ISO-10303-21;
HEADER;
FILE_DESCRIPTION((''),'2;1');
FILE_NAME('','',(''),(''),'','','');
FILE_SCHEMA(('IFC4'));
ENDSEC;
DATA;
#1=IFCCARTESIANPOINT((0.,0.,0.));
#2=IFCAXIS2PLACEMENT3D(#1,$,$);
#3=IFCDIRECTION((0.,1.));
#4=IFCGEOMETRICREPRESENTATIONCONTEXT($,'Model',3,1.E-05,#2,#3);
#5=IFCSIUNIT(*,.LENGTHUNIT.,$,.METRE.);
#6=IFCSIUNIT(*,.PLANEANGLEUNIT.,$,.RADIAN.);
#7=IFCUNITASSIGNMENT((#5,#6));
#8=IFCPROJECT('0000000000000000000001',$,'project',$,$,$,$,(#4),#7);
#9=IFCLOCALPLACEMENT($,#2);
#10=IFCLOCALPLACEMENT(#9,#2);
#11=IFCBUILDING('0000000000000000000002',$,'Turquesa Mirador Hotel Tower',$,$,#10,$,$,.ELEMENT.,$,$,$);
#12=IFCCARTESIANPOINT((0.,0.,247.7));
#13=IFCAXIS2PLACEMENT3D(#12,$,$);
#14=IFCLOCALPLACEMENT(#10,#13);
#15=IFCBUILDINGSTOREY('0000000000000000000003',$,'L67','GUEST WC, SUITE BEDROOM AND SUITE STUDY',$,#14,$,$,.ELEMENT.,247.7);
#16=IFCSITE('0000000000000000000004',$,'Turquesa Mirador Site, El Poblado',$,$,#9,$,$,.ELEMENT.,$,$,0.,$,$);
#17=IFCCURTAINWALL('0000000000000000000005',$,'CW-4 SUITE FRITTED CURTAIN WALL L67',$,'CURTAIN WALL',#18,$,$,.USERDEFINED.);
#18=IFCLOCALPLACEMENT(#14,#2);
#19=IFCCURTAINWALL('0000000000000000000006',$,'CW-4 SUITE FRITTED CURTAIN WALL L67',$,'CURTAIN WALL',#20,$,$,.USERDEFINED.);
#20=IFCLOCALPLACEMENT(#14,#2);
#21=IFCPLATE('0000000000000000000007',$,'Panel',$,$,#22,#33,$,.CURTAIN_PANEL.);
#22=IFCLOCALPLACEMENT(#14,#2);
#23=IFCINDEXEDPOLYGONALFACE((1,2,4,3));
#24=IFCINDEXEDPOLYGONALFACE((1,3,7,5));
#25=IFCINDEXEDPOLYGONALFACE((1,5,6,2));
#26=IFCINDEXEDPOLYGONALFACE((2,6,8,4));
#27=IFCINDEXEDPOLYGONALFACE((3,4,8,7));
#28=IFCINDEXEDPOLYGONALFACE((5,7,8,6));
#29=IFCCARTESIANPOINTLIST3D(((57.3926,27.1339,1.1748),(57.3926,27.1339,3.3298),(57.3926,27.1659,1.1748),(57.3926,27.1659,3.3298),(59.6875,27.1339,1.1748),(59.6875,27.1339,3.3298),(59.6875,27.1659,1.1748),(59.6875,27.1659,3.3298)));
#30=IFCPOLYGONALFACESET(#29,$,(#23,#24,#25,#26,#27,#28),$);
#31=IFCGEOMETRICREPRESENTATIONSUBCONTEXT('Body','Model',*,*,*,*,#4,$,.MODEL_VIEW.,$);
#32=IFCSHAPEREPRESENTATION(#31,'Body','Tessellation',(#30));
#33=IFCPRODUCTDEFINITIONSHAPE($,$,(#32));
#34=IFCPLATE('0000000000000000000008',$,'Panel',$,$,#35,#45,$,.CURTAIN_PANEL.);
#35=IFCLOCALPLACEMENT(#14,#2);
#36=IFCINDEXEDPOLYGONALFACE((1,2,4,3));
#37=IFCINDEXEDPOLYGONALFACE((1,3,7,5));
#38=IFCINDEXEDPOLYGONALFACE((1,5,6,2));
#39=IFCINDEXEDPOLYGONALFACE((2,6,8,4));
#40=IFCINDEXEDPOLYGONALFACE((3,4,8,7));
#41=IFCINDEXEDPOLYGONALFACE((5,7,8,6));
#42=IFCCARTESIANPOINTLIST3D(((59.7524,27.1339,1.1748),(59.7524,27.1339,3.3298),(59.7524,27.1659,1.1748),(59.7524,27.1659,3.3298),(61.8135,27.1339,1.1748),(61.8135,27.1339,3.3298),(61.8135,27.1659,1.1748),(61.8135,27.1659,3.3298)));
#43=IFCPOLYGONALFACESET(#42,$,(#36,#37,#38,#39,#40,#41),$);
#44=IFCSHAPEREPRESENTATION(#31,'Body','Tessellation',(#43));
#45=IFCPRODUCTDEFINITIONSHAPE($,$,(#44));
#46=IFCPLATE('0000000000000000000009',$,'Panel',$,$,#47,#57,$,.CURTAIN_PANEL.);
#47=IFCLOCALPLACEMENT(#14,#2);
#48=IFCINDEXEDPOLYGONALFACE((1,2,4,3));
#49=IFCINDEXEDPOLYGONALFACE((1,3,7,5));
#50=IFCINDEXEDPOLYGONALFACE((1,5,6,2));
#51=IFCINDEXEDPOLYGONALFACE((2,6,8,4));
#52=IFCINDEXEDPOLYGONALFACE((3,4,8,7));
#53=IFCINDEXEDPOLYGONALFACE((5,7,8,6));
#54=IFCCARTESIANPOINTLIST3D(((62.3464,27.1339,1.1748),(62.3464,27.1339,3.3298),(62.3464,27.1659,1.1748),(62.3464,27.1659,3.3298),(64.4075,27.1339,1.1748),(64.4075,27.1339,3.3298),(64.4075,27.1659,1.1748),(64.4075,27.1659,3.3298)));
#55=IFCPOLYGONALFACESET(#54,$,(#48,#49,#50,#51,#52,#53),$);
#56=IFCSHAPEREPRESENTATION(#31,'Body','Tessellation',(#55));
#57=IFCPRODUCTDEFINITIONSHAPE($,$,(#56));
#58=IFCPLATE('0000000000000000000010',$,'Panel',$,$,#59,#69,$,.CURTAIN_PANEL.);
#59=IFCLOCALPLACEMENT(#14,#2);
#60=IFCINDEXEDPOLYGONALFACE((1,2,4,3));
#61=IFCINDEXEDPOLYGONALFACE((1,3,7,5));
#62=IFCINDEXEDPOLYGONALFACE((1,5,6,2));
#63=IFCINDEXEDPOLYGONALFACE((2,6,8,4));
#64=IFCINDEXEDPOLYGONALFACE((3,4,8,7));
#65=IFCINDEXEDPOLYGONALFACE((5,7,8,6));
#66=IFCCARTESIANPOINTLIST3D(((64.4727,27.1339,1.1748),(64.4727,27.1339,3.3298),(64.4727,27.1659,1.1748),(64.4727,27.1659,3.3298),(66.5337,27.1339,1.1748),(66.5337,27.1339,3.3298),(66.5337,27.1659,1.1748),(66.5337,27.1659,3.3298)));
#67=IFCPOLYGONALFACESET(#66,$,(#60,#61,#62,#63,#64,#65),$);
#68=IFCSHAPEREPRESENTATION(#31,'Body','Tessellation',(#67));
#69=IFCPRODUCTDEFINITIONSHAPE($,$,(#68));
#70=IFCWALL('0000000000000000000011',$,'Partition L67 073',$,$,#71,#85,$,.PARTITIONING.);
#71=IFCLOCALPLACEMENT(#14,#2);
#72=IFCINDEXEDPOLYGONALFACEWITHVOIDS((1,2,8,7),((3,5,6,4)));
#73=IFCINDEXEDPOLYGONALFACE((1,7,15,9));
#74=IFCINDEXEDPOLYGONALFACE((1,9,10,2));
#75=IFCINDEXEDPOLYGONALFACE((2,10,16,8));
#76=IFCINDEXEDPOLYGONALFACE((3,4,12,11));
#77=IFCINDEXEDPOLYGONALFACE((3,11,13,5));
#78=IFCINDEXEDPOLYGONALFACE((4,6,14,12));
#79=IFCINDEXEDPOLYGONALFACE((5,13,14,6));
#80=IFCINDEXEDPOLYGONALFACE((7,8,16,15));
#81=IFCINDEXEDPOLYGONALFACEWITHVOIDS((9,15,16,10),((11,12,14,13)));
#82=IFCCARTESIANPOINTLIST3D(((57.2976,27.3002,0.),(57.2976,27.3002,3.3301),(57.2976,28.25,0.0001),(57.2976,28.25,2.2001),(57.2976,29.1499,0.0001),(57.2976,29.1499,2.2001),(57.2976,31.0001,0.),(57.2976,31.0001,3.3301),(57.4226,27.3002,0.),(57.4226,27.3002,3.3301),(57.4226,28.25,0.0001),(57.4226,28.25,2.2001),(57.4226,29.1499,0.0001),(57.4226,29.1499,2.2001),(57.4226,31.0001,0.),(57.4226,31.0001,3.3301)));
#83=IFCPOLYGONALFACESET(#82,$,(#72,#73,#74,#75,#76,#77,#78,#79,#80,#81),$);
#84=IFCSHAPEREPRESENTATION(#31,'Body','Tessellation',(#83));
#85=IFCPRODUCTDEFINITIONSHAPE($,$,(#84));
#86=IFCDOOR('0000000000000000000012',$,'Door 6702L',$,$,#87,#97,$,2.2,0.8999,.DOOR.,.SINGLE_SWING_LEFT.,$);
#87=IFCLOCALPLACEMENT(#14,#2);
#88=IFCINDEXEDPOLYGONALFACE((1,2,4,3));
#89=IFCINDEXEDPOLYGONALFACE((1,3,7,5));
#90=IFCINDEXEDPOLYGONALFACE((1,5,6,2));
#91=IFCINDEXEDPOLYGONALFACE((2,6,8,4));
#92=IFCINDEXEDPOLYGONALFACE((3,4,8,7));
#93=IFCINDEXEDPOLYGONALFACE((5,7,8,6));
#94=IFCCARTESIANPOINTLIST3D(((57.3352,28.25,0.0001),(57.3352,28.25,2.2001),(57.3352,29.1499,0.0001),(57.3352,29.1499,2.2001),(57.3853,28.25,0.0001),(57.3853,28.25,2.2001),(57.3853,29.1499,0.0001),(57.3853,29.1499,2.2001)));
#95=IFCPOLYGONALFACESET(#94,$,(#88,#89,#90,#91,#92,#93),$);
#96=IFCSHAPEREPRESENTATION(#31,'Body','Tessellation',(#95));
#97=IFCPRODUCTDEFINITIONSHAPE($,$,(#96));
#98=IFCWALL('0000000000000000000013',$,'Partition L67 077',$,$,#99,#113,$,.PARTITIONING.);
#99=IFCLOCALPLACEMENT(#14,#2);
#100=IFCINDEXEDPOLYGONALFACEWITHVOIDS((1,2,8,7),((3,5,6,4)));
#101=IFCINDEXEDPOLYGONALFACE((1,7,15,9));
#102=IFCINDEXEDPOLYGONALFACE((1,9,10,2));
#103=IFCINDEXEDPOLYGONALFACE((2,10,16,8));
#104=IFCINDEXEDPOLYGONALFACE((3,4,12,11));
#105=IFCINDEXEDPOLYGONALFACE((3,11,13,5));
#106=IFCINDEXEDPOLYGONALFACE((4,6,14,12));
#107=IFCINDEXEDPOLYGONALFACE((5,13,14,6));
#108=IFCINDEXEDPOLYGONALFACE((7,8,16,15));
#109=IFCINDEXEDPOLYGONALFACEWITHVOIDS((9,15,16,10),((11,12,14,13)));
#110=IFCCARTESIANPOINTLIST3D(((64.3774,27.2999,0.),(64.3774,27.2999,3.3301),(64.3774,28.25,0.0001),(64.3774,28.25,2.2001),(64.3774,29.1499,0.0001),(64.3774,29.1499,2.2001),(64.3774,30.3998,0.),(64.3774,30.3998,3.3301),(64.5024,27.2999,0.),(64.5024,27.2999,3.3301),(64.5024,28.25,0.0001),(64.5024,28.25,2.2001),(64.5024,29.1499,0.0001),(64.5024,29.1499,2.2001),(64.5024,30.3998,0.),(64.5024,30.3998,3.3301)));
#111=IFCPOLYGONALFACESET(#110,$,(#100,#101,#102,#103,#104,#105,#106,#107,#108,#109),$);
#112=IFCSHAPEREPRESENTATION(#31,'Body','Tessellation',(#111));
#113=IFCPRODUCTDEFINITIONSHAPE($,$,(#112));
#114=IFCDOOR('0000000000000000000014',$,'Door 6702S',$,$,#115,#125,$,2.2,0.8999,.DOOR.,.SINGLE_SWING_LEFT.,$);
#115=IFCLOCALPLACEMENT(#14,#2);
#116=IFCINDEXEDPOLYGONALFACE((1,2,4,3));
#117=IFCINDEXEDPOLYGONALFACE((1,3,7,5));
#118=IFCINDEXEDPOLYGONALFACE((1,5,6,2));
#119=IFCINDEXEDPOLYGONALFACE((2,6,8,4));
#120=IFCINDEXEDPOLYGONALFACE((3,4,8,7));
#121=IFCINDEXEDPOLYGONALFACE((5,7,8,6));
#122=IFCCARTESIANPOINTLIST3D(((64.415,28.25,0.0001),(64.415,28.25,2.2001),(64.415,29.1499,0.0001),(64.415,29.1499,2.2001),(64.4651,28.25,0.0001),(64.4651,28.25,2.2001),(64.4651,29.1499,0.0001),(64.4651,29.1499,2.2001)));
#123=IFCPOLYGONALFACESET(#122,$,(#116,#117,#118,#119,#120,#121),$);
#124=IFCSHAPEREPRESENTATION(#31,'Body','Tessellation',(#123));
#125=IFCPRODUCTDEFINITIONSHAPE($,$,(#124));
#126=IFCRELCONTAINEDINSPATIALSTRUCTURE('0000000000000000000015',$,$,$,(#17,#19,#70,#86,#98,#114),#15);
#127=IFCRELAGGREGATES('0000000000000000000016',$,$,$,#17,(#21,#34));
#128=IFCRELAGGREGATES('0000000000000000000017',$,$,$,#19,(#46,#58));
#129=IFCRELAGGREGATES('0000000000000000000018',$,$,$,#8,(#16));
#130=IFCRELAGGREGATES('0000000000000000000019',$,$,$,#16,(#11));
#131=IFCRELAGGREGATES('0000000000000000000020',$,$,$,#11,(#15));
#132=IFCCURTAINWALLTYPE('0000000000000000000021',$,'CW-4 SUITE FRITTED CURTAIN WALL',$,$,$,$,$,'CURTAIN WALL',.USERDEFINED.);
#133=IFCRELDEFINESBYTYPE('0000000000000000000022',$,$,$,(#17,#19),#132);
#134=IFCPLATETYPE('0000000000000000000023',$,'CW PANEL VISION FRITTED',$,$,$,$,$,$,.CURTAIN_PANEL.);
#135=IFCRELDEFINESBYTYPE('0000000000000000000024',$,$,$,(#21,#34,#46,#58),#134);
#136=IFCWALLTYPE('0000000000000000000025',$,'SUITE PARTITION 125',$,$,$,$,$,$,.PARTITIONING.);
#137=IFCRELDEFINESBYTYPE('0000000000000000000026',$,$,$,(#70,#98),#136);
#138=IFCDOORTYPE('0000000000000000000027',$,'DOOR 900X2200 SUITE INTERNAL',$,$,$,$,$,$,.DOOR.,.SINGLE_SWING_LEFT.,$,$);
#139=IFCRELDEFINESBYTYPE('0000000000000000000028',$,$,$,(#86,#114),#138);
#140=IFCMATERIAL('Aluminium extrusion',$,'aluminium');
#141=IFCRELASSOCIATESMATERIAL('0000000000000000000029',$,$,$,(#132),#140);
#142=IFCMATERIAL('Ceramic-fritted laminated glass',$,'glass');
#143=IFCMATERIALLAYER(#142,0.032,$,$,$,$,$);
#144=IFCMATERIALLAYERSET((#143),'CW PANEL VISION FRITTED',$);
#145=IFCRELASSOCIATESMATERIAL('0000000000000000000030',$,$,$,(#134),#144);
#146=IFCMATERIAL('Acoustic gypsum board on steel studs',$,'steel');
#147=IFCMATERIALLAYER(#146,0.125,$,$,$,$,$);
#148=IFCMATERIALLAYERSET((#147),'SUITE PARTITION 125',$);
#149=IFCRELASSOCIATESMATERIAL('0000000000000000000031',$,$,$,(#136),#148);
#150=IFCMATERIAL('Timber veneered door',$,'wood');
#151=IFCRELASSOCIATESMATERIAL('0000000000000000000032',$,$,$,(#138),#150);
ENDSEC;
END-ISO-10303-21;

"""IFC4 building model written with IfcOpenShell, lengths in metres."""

from ifc_helpers import new_model, si_unit, direction, frame, frame_2d, origin, origin_2d, place, context, subcontext, project, spatial, rectangle, extrude, material, layer, layer_set, type_object, element, fill, aggregate, save


model = new_model("IFC4")

# Units and contexts
model_context = context("Model", 3, precision=1e-05, world=origin(), true_north=direction((0.0, 1.0)))
body_context = subcontext(model_context, "Body", "Model", "MODEL_VIEW")
ifc_project = project(units=[si_unit("LENGTHUNIT", "METRE"), si_unit("PLANEANGLEUNIT", "RADIAN")], contexts=[model_context])

# Site, building, storey
site_placement = place(None, origin())
site = spatial("IfcSite", under=ifc_project, at=site_placement, Name="Turquesa Mirador Site, El Poblado", CompositionType="ELEMENT", RefElevation=0.0)
building_placement = place(site_placement, origin())
building = spatial("IfcBuilding", under=site, at=building_placement, Name="Turquesa Mirador Hotel Tower", CompositionType="ELEMENT")
storey_placement = place(building_placement, frame((0.0, 0.0, 247.7)))
storey = spatial("IfcBuildingStorey", under=building, at=storey_placement, Name="L67", Description="GUEST WC, SUITE BEDROOM AND SUITE STUDY", CompositionType="ELEMENT", Elevation=247.7)

# Curtain walls
ifc_material_1 = material(Name="Aluminium extrusion", Category="aluminium")
curtain_wall_type = type_object("IfcCurtainWallType", Name="CW-4 SUITE FRITTED CURTAIN WALL", ElementType="CURTAIN WALL", PredefinedType="USERDEFINED", material=ifc_material_1)
curtain_wall_1_placement = place(storey_placement, origin())
curtain_wall_1 = element("IfcCurtainWall", 1, at=curtain_wall_1_placement, inside=storey, type_object=curtain_wall_type, Name="CW-4 SUITE FRITTED CURTAIN WALL L67", ObjectType="CURTAIN WALL", PredefinedType="USERDEFINED")
curtain_wall_2_placement = place(storey_placement, origin())
curtain_wall_2 = element("IfcCurtainWall", 2, at=curtain_wall_2_placement, inside=storey, type_object=curtain_wall_type, Name="CW-4 SUITE FRITTED CURTAIN WALL L67", ObjectType="CURTAIN WALL", PredefinedType="USERDEFINED")

# Plates
ifc_material_2 = material(Name="Ceramic-fritted laminated glass", Category="glass")
ifc_layer_1 = layer(ifc_material_2, 0.032)
ifc_layer_set_1 = layer_set([ifc_layer_1], Name="CW PANEL VISION FRITTED")
plate_type_1 = type_object("IfcPlateType", Name="CW PANEL VISION FRITTED", PredefinedType="CURTAIN_PANEL", material=ifc_layer_set_1)
plate_1_placement = place(storey_placement, frame((58.54, 27.1499, 1.1748), z_axis=(0.0, 0.0, 1.0), x_axis=(1.0, 0.0, 0.0)))
plate_1 = element("IfcPlate", 3, at=plate_1_placement, type_object=plate_type_1, Name="Panel", PredefinedType="CURTAIN_PANEL", context=body_context, shape_type="SweptSolid", body=[
    extrude(rectangle(XDim=2.2949, YDim=0.032, at=origin_2d()), origin(), (0.0, 0.0, 1.0), 2.155),
])
plate_2_placement = place(storey_placement, frame((60.783, 27.1499, 1.1748), z_axis=(0.0, 0.0, 1.0), x_axis=(1.0, 0.0, 0.0)))
plate_2 = element("IfcPlate", 4, at=plate_2_placement, type_object=plate_type_1, Name="Panel", PredefinedType="CURTAIN_PANEL", context=body_context, shape_type="SweptSolid", body=[
    extrude(rectangle(XDim=2.061, YDim=0.032, at=origin_2d()), origin(), (0.0, 0.0, 1.0), 2.155),
])
aggregate(curtain_wall_1, [plate_1, plate_2])
plate_3_placement = place(storey_placement, frame((63.377, 27.1499, 1.1748), z_axis=(0.0, 0.0, 1.0), x_axis=(1.0, 0.0, 0.0)))
plate_3 = element("IfcPlate", 5, at=plate_3_placement, type_object=plate_type_1, Name="Panel", PredefinedType="CURTAIN_PANEL", context=body_context, shape_type="SweptSolid", body=[
    extrude(rectangle(XDim=2.061, YDim=0.032, at=origin_2d()), origin(), (0.0, 0.0, 1.0), 2.155),
])
plate_4_placement = place(storey_placement, frame((65.5032, 27.1499, 1.1748), z_axis=(0.0, 0.0, 1.0), x_axis=(1.0, 0.0, 0.0)))
plate_4 = element("IfcPlate", 6, at=plate_4_placement, type_object=plate_type_1, Name="Panel", PredefinedType="CURTAIN_PANEL", context=body_context, shape_type="SweptSolid", body=[
    extrude(rectangle(XDim=2.061, YDim=0.032, at=origin_2d()), origin(), (0.0, 0.0, 1.0), 2.155),
])
aggregate(curtain_wall_2, [plate_3, plate_4])

# Walls, openings, doors
ifc_material_3 = material(Name="Acoustic gypsum board on steel studs", Category="steel")
ifc_layer_2 = layer(ifc_material_3, 0.125)
ifc_layer_set_2 = layer_set([ifc_layer_2], Name="SUITE PARTITION 125")
wall_type = type_object("IfcWallType", Name="SUITE PARTITION 125", PredefinedType="PARTITIONING", material=ifc_layer_set_2)
wall_1_placement = place(storey_placement, frame((57.3601, 27.3, 0.0), z_axis=(0.0, 0.0, 1.0), x_axis=(0.0, 1.0, 0.0)))
wall_1 = element("IfcWall", 7, at=wall_1_placement, inside=storey, type_object=wall_type, Name="Partition L67 073", PredefinedType="PARTITIONING", context=body_context, shape_type="SweptSolid", body=[
    extrude(rectangle(XDim=3.7, YDim=0.125, at=frame_2d((1.8501, 0.0))), origin(), (0.0, 0.0, 1.0), 3.3301),
])
opening_1_placement = place(wall_1_placement, frame((0.95, 0.0, 0.0)))
opening_1 = element("IfcOpeningElement", 8, at=opening_1_placement, cuts=wall_1, PredefinedType="OPENING", context=body_context, shape_type="SweptSolid", body=[
    extrude(rectangle(XDim=0.8999, YDim=2.2, at=frame_2d((0.45, 1.1001))), frame((0.0, 0.0725, 0.0), z_axis=(0.0, -1.0, 0.0), x_axis=(1.0, 0.0, 0.0)), (0.0, 0.0, 1.0), 0.145),
])
ifc_material_4 = material(Name="Timber veneered door", Category="wood")
door_type = type_object("IfcDoorType", Name="DOOR 900X2200 SUITE INTERNAL", OperationType="SINGLE_SWING_LEFT", PredefinedType="DOOR", material=ifc_material_4)
door_1_placement = place(opening_1_placement, origin())
door_1 = element("IfcDoor", 9, at=door_1_placement, inside=storey, type_object=door_type, Name="Door 6702L", OperationType="SINGLE_SWING_LEFT", OverallHeight=2.2, OverallWidth=0.8999, PredefinedType="DOOR", context=body_context, shape_type="SweptSolid", body=[
    extrude(rectangle(XDim=0.8999, YDim=2.2, at=frame_2d((0.45, 1.1001))), frame((0.0, 0.0249, 0.0), z_axis=(0.0, -1.0, 0.0), x_axis=(1.0, 0.0, 0.0)), (0.0, 0.0, 1.0), 0.05),
])
fill(opening_1, door_1)
wall_2_placement = place(storey_placement, frame((64.4399, 27.3, 0.0), z_axis=(0.0, 0.0, 1.0), x_axis=(0.0, 1.0, 0.0)))
wall_2 = element("IfcWall", 10, at=wall_2_placement, inside=storey, type_object=wall_type, Name="Partition L67 077", PredefinedType="PARTITIONING", context=body_context, shape_type="SweptSolid", body=[
    extrude(rectangle(XDim=3.0999, YDim=0.125, at=frame_2d((1.5498, 0.0))), origin(), (0.0, 0.0, 1.0), 3.3301),
])
opening_2_placement = place(wall_2_placement, frame((0.95, 0.0, 0.0)))
opening_2 = element("IfcOpeningElement", 11, at=opening_2_placement, cuts=wall_2, PredefinedType="OPENING", context=body_context, shape_type="SweptSolid", body=[
    extrude(rectangle(XDim=0.8999, YDim=2.2, at=frame_2d((0.45, 1.1001))), frame((0.0, 0.0725, 0.0), z_axis=(0.0, -1.0, 0.0), x_axis=(1.0, 0.0, 0.0)), (0.0, 0.0, 1.0), 0.145),
])
door_2_placement = place(opening_2_placement, origin())
door_2 = element("IfcDoor", 12, at=door_2_placement, inside=storey, type_object=door_type, Name="Door 6702S", OperationType="SINGLE_SWING_LEFT", OverallHeight=2.2, OverallWidth=0.8999, PredefinedType="DOOR", context=body_context, shape_type="SweptSolid", body=[
    extrude(rectangle(XDim=0.8999, YDim=2.2, at=frame_2d((0.45, 1.1001))), frame((0.0, 0.0249, 0.0), z_axis=(0.0, -1.0, 0.0), x_axis=(1.0, 0.0, 0.0)), (0.0, 0.0, 1.0), 0.05),
])
fill(opening_2, door_2)

save(model, "model.ifc")
